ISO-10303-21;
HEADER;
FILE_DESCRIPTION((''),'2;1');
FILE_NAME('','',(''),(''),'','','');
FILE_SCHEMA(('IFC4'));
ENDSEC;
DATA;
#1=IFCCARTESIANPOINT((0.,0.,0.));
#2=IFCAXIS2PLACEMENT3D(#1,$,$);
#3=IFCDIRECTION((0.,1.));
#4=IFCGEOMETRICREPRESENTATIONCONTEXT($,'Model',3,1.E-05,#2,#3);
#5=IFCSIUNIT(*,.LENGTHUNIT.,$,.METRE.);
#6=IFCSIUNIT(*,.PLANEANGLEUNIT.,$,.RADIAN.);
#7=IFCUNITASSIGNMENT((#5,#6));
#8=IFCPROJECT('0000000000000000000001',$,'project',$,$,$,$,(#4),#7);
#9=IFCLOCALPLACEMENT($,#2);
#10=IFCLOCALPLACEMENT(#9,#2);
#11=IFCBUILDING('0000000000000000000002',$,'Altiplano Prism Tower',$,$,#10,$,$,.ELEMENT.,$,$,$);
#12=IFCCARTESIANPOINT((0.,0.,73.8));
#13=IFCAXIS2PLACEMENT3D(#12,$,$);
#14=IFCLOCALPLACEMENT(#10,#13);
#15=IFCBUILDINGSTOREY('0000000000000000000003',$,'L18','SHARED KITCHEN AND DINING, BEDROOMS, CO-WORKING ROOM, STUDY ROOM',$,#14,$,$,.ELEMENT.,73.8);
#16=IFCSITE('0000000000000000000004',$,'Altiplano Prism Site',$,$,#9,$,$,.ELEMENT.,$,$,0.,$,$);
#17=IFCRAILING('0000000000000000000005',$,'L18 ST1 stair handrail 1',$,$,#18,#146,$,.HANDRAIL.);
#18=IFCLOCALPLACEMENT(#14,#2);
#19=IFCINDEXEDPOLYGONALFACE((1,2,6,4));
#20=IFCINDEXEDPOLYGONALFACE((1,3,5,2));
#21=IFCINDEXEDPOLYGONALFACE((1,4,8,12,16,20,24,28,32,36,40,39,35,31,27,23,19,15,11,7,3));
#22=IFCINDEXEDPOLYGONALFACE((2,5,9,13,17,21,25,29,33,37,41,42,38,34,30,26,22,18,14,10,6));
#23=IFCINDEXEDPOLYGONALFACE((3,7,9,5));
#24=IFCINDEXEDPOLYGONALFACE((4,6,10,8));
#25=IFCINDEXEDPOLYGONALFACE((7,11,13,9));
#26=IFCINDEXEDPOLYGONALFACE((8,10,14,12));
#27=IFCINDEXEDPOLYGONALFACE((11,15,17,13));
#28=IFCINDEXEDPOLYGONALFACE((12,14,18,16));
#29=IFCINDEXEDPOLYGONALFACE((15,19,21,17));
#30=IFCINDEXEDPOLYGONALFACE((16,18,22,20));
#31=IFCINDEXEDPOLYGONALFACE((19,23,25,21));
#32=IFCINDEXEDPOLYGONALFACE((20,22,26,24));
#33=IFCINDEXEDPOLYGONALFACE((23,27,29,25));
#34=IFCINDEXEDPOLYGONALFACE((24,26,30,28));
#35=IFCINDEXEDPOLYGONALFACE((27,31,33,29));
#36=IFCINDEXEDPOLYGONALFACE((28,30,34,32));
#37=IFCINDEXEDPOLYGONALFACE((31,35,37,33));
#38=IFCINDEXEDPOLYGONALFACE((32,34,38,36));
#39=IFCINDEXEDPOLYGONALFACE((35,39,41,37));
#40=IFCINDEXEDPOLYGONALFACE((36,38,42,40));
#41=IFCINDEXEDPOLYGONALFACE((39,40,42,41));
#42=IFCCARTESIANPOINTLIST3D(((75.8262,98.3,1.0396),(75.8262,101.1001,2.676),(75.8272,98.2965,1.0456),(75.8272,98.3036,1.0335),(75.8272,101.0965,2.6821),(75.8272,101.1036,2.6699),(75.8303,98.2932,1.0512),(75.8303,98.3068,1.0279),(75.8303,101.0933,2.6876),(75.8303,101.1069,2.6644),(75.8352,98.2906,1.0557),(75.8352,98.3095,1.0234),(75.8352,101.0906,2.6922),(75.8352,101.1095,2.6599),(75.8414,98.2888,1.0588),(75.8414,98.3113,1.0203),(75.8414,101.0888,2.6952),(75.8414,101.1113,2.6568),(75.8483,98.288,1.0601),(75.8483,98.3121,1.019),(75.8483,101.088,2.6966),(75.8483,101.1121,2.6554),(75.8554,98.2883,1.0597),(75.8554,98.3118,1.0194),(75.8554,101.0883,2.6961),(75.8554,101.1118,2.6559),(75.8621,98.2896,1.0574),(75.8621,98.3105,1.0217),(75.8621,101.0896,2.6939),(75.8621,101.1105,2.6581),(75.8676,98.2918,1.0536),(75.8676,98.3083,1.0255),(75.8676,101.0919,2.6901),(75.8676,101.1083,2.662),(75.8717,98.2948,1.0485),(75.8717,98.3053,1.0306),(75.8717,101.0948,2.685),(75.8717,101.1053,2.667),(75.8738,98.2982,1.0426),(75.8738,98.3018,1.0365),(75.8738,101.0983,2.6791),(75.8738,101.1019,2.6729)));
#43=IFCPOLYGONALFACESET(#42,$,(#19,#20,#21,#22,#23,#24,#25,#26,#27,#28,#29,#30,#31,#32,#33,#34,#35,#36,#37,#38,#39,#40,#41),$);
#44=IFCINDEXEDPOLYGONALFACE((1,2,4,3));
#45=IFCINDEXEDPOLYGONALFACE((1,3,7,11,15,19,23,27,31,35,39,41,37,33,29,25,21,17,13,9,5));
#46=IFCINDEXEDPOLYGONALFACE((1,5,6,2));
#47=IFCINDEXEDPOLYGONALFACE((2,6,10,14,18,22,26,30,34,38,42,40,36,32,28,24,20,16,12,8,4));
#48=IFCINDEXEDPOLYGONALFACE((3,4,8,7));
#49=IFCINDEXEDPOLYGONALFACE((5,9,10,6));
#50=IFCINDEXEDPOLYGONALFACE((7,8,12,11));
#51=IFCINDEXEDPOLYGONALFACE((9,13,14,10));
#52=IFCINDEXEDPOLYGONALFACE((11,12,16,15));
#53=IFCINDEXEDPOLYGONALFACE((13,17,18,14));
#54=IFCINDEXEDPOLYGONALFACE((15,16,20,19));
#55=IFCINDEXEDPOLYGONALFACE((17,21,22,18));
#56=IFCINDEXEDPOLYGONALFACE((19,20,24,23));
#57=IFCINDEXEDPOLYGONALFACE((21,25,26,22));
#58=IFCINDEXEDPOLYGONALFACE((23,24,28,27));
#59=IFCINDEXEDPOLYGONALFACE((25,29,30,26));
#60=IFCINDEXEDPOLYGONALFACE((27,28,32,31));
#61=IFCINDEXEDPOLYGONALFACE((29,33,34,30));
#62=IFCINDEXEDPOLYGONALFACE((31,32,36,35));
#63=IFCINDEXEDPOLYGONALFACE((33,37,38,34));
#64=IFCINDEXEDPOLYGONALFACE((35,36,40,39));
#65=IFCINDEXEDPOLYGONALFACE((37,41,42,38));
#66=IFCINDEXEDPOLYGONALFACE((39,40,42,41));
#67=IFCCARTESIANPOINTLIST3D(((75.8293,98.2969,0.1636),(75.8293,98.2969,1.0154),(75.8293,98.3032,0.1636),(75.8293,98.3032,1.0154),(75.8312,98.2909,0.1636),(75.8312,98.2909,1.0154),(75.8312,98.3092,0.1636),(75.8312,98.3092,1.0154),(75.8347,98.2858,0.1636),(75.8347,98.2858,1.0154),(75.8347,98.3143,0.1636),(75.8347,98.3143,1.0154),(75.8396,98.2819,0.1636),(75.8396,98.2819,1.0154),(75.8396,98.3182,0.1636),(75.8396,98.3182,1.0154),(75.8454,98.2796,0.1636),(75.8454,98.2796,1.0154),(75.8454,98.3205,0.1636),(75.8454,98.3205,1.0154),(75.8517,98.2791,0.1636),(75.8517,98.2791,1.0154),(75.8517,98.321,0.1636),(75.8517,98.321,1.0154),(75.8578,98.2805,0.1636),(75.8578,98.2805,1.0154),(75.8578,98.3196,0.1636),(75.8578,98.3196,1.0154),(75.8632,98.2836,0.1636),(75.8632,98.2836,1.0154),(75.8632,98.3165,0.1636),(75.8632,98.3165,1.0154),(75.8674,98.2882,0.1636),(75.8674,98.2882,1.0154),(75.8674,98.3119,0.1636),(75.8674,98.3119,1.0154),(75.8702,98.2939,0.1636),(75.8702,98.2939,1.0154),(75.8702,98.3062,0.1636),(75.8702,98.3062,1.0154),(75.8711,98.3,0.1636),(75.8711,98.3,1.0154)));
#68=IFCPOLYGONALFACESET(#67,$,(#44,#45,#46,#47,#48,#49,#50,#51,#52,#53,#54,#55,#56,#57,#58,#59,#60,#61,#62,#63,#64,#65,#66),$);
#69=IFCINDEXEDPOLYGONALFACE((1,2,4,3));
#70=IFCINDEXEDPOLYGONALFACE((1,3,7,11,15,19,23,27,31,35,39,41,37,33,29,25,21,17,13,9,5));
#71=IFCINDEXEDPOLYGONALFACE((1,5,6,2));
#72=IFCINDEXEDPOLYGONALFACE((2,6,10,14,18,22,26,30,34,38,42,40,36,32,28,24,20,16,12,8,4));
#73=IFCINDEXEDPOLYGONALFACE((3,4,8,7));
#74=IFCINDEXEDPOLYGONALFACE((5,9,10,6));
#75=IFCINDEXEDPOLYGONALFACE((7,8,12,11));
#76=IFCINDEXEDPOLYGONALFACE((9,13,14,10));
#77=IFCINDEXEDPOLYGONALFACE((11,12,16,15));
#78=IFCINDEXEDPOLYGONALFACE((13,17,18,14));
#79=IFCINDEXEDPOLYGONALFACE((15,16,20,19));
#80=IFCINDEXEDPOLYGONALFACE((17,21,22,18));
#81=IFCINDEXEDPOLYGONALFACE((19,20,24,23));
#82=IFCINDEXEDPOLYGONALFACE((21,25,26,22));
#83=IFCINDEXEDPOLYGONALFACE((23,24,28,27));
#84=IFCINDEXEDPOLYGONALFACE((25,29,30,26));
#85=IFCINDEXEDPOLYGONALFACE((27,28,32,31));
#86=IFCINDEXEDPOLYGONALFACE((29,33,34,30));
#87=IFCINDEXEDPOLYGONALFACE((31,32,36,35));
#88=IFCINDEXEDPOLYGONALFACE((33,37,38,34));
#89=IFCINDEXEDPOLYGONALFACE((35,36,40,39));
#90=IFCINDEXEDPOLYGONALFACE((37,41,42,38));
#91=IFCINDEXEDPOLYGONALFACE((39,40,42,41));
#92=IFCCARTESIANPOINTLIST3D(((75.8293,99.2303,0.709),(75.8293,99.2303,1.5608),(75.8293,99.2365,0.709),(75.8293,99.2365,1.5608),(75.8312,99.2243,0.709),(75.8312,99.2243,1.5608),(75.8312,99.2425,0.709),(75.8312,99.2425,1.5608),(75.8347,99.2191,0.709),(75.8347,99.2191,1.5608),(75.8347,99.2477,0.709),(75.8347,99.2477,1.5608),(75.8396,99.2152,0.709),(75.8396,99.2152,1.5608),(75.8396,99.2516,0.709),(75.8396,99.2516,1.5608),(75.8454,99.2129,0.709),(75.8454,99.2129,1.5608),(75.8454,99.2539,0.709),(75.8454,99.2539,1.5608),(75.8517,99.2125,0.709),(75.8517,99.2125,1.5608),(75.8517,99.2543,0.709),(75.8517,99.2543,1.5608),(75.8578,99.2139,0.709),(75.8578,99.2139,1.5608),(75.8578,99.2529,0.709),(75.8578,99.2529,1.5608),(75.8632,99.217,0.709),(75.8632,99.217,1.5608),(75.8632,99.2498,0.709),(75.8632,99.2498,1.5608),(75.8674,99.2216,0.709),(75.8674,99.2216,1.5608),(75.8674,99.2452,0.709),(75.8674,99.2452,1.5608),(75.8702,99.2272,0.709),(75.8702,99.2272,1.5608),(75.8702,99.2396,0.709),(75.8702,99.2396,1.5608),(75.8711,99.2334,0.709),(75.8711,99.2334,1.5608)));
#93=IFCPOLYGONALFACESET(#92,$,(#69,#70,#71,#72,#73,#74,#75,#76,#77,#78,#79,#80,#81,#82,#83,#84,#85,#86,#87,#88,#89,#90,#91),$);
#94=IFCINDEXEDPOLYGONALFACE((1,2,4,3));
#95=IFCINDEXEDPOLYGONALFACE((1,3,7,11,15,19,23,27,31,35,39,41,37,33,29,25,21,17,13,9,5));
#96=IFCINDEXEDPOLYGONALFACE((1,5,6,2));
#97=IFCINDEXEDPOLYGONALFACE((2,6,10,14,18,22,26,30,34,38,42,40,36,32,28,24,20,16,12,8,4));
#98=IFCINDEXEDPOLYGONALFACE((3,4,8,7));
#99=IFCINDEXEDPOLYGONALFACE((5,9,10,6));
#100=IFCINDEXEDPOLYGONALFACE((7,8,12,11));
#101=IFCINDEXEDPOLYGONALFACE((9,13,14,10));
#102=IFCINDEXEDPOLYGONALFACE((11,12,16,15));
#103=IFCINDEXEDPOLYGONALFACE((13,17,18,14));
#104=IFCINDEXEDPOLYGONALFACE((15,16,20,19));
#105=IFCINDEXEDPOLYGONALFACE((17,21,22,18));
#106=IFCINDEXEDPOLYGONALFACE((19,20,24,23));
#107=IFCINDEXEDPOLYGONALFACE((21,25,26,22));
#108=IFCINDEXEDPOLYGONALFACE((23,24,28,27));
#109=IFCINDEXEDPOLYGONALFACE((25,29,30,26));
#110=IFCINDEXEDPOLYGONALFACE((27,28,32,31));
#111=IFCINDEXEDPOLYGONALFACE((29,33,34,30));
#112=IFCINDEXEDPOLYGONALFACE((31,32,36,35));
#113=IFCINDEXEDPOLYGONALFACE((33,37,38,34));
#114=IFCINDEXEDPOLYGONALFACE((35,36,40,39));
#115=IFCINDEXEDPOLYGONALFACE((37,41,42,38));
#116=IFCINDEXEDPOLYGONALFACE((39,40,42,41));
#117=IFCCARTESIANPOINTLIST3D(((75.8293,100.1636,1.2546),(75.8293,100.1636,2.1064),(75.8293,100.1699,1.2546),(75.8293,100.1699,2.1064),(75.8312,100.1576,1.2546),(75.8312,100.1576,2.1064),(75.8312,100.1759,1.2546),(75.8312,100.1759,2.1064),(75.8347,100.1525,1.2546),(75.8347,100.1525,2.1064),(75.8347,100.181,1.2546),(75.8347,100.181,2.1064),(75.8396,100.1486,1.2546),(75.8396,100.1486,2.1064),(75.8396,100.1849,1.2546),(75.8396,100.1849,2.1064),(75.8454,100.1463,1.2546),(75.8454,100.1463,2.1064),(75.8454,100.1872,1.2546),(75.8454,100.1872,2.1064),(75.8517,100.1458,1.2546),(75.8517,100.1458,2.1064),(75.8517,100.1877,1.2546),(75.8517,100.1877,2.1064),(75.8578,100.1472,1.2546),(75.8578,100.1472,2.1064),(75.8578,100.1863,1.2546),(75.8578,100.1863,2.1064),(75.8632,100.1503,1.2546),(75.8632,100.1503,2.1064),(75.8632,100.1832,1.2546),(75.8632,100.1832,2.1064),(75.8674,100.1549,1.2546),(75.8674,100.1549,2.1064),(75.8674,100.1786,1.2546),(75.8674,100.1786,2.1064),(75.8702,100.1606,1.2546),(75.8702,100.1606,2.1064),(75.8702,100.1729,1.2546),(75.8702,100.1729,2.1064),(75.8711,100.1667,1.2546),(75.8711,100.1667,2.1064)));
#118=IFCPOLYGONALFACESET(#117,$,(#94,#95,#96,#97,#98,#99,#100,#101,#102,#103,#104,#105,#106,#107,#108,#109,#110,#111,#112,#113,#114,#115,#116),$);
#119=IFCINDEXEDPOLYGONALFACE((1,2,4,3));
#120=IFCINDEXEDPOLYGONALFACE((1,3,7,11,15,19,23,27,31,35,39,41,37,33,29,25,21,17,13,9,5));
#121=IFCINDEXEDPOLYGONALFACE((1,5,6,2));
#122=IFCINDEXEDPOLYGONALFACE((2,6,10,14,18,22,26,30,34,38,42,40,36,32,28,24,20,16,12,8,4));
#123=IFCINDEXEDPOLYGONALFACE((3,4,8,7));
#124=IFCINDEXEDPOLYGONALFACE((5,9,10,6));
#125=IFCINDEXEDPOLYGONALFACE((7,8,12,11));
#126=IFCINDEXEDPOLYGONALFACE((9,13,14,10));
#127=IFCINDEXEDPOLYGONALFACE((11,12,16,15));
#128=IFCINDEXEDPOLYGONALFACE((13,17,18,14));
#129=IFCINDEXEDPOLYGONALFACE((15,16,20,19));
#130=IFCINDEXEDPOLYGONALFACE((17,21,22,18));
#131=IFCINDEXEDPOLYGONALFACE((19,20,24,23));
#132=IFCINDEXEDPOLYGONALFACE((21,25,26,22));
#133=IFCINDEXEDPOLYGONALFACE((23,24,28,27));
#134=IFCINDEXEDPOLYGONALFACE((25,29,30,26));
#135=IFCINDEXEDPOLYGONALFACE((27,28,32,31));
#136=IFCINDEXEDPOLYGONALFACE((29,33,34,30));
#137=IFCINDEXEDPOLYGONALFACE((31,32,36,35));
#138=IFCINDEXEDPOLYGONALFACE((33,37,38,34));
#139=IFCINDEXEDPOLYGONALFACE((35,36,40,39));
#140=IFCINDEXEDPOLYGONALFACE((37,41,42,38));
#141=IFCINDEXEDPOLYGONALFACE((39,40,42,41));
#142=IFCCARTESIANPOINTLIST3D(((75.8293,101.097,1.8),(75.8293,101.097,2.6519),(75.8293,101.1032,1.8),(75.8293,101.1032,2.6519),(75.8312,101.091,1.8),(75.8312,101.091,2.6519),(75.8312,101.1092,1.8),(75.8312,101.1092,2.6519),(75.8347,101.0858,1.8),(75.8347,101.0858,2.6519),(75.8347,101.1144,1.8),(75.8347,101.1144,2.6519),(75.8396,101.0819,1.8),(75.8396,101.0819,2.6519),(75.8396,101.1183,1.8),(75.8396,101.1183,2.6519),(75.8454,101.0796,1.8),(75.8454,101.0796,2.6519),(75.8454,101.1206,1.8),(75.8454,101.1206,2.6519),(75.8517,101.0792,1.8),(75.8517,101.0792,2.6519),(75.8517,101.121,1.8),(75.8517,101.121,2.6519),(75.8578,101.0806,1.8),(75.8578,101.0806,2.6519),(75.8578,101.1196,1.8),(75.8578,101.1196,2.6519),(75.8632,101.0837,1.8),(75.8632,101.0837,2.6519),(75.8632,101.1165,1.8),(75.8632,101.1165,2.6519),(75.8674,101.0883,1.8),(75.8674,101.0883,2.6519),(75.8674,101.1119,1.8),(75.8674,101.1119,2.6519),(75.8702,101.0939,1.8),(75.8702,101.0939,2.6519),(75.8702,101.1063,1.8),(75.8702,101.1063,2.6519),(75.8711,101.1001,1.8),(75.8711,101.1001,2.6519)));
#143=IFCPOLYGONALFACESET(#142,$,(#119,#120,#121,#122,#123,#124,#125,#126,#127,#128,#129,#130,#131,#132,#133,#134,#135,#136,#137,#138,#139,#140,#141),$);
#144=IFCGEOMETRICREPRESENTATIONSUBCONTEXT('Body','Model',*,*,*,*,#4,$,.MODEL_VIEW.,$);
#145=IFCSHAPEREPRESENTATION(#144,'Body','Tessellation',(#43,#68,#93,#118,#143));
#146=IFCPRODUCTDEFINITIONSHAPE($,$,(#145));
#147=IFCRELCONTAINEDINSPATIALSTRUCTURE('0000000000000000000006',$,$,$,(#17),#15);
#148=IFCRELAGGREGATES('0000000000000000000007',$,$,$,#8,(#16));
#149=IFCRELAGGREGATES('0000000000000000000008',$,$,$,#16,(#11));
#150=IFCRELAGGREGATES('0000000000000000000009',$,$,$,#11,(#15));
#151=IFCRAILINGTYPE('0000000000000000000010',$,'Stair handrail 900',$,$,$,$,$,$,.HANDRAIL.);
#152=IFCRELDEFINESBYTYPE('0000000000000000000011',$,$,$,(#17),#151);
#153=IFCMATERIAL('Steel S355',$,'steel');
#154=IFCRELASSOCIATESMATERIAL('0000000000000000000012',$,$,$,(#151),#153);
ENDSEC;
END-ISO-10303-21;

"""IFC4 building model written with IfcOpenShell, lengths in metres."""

from ifc_helpers import new_model, si_unit, direction, frame, origin, origin_2d, place, context, subcontext, project, spatial, circle, extrude, material, type_object, element, save


model = new_model("IFC4")

# Units and contexts
model_context = context("Model", 3, precision=1e-05, world=origin(), true_north=direction((0.0, 1.0)))
body_context = subcontext(model_context, "Body", "Model", "MODEL_VIEW")
ifc_project = project(units=[si_unit("LENGTHUNIT", "METRE"), si_unit("PLANEANGLEUNIT", "RADIAN")], contexts=[model_context])

# Site, building, storey
site_placement = place(None, origin())
site = spatial("IfcSite", under=ifc_project, at=site_placement, Name="Altiplano Prism Site", CompositionType="ELEMENT", RefElevation=0.0)
building_placement = place(site_placement, origin())
building = spatial("IfcBuilding", under=site, at=building_placement, Name="Altiplano Prism Tower", CompositionType="ELEMENT")
storey_placement = place(building_placement, frame((0.0, 0.0, 73.8)))
storey = spatial("IfcBuildingStorey", under=building, at=storey_placement, Name="L18", Description="SHARED KITCHEN AND DINING, BEDROOMS, CO-WORKING ROOM, STUDY ROOM", CompositionType="ELEMENT", Elevation=73.8)

# Railing
ifc_material_1 = material(Name="Steel S355", Category="steel")
railing_type_1 = type_object("IfcRailingType", Name="Stair handrail 900", PredefinedType="HANDRAIL", material=ifc_material_1)
railing_1_placement = place(storey_placement, frame((75.8501, 98.3, 0.1636)))
element("IfcRailing", 1, at=railing_1_placement, inside=storey, type_object=railing_type_1, Name="L18 ST1 stair handrail 1", PredefinedType="HANDRAIL", context=body_context, shape_type="SweptSolid", body=[
    extrude(circle(Radius=0.0239, at=origin_2d()), frame((0.0, 0.0, 0.876), z_axis=(0.0, 0.863361, 0.504587), x_axis=(-1.0, 0.0, 0.0)), (0.0, 0.0, 1.0), 3.2432),
    extrude(circle(Radius=0.021, at=origin_2d()), origin(), (0.0, 0.0, 1.0), 0.8518),
    extrude(circle(Radius=0.021, at=origin_2d()), frame((0.0, 0.9333, 0.5454)), (0.0, 0.0, 1.0), 0.8518),
    extrude(circle(Radius=0.021, at=origin_2d()), frame((0.0, 1.8667, 1.0911)), (0.0, 0.0, 1.0), 0.8518),
    extrude(circle(Radius=0.021, at=origin_2d()), frame((0.0, 2.8, 1.6365)), (0.0, 0.0, 1.0), 0.8518),
])

save(model, "model.ifc")
